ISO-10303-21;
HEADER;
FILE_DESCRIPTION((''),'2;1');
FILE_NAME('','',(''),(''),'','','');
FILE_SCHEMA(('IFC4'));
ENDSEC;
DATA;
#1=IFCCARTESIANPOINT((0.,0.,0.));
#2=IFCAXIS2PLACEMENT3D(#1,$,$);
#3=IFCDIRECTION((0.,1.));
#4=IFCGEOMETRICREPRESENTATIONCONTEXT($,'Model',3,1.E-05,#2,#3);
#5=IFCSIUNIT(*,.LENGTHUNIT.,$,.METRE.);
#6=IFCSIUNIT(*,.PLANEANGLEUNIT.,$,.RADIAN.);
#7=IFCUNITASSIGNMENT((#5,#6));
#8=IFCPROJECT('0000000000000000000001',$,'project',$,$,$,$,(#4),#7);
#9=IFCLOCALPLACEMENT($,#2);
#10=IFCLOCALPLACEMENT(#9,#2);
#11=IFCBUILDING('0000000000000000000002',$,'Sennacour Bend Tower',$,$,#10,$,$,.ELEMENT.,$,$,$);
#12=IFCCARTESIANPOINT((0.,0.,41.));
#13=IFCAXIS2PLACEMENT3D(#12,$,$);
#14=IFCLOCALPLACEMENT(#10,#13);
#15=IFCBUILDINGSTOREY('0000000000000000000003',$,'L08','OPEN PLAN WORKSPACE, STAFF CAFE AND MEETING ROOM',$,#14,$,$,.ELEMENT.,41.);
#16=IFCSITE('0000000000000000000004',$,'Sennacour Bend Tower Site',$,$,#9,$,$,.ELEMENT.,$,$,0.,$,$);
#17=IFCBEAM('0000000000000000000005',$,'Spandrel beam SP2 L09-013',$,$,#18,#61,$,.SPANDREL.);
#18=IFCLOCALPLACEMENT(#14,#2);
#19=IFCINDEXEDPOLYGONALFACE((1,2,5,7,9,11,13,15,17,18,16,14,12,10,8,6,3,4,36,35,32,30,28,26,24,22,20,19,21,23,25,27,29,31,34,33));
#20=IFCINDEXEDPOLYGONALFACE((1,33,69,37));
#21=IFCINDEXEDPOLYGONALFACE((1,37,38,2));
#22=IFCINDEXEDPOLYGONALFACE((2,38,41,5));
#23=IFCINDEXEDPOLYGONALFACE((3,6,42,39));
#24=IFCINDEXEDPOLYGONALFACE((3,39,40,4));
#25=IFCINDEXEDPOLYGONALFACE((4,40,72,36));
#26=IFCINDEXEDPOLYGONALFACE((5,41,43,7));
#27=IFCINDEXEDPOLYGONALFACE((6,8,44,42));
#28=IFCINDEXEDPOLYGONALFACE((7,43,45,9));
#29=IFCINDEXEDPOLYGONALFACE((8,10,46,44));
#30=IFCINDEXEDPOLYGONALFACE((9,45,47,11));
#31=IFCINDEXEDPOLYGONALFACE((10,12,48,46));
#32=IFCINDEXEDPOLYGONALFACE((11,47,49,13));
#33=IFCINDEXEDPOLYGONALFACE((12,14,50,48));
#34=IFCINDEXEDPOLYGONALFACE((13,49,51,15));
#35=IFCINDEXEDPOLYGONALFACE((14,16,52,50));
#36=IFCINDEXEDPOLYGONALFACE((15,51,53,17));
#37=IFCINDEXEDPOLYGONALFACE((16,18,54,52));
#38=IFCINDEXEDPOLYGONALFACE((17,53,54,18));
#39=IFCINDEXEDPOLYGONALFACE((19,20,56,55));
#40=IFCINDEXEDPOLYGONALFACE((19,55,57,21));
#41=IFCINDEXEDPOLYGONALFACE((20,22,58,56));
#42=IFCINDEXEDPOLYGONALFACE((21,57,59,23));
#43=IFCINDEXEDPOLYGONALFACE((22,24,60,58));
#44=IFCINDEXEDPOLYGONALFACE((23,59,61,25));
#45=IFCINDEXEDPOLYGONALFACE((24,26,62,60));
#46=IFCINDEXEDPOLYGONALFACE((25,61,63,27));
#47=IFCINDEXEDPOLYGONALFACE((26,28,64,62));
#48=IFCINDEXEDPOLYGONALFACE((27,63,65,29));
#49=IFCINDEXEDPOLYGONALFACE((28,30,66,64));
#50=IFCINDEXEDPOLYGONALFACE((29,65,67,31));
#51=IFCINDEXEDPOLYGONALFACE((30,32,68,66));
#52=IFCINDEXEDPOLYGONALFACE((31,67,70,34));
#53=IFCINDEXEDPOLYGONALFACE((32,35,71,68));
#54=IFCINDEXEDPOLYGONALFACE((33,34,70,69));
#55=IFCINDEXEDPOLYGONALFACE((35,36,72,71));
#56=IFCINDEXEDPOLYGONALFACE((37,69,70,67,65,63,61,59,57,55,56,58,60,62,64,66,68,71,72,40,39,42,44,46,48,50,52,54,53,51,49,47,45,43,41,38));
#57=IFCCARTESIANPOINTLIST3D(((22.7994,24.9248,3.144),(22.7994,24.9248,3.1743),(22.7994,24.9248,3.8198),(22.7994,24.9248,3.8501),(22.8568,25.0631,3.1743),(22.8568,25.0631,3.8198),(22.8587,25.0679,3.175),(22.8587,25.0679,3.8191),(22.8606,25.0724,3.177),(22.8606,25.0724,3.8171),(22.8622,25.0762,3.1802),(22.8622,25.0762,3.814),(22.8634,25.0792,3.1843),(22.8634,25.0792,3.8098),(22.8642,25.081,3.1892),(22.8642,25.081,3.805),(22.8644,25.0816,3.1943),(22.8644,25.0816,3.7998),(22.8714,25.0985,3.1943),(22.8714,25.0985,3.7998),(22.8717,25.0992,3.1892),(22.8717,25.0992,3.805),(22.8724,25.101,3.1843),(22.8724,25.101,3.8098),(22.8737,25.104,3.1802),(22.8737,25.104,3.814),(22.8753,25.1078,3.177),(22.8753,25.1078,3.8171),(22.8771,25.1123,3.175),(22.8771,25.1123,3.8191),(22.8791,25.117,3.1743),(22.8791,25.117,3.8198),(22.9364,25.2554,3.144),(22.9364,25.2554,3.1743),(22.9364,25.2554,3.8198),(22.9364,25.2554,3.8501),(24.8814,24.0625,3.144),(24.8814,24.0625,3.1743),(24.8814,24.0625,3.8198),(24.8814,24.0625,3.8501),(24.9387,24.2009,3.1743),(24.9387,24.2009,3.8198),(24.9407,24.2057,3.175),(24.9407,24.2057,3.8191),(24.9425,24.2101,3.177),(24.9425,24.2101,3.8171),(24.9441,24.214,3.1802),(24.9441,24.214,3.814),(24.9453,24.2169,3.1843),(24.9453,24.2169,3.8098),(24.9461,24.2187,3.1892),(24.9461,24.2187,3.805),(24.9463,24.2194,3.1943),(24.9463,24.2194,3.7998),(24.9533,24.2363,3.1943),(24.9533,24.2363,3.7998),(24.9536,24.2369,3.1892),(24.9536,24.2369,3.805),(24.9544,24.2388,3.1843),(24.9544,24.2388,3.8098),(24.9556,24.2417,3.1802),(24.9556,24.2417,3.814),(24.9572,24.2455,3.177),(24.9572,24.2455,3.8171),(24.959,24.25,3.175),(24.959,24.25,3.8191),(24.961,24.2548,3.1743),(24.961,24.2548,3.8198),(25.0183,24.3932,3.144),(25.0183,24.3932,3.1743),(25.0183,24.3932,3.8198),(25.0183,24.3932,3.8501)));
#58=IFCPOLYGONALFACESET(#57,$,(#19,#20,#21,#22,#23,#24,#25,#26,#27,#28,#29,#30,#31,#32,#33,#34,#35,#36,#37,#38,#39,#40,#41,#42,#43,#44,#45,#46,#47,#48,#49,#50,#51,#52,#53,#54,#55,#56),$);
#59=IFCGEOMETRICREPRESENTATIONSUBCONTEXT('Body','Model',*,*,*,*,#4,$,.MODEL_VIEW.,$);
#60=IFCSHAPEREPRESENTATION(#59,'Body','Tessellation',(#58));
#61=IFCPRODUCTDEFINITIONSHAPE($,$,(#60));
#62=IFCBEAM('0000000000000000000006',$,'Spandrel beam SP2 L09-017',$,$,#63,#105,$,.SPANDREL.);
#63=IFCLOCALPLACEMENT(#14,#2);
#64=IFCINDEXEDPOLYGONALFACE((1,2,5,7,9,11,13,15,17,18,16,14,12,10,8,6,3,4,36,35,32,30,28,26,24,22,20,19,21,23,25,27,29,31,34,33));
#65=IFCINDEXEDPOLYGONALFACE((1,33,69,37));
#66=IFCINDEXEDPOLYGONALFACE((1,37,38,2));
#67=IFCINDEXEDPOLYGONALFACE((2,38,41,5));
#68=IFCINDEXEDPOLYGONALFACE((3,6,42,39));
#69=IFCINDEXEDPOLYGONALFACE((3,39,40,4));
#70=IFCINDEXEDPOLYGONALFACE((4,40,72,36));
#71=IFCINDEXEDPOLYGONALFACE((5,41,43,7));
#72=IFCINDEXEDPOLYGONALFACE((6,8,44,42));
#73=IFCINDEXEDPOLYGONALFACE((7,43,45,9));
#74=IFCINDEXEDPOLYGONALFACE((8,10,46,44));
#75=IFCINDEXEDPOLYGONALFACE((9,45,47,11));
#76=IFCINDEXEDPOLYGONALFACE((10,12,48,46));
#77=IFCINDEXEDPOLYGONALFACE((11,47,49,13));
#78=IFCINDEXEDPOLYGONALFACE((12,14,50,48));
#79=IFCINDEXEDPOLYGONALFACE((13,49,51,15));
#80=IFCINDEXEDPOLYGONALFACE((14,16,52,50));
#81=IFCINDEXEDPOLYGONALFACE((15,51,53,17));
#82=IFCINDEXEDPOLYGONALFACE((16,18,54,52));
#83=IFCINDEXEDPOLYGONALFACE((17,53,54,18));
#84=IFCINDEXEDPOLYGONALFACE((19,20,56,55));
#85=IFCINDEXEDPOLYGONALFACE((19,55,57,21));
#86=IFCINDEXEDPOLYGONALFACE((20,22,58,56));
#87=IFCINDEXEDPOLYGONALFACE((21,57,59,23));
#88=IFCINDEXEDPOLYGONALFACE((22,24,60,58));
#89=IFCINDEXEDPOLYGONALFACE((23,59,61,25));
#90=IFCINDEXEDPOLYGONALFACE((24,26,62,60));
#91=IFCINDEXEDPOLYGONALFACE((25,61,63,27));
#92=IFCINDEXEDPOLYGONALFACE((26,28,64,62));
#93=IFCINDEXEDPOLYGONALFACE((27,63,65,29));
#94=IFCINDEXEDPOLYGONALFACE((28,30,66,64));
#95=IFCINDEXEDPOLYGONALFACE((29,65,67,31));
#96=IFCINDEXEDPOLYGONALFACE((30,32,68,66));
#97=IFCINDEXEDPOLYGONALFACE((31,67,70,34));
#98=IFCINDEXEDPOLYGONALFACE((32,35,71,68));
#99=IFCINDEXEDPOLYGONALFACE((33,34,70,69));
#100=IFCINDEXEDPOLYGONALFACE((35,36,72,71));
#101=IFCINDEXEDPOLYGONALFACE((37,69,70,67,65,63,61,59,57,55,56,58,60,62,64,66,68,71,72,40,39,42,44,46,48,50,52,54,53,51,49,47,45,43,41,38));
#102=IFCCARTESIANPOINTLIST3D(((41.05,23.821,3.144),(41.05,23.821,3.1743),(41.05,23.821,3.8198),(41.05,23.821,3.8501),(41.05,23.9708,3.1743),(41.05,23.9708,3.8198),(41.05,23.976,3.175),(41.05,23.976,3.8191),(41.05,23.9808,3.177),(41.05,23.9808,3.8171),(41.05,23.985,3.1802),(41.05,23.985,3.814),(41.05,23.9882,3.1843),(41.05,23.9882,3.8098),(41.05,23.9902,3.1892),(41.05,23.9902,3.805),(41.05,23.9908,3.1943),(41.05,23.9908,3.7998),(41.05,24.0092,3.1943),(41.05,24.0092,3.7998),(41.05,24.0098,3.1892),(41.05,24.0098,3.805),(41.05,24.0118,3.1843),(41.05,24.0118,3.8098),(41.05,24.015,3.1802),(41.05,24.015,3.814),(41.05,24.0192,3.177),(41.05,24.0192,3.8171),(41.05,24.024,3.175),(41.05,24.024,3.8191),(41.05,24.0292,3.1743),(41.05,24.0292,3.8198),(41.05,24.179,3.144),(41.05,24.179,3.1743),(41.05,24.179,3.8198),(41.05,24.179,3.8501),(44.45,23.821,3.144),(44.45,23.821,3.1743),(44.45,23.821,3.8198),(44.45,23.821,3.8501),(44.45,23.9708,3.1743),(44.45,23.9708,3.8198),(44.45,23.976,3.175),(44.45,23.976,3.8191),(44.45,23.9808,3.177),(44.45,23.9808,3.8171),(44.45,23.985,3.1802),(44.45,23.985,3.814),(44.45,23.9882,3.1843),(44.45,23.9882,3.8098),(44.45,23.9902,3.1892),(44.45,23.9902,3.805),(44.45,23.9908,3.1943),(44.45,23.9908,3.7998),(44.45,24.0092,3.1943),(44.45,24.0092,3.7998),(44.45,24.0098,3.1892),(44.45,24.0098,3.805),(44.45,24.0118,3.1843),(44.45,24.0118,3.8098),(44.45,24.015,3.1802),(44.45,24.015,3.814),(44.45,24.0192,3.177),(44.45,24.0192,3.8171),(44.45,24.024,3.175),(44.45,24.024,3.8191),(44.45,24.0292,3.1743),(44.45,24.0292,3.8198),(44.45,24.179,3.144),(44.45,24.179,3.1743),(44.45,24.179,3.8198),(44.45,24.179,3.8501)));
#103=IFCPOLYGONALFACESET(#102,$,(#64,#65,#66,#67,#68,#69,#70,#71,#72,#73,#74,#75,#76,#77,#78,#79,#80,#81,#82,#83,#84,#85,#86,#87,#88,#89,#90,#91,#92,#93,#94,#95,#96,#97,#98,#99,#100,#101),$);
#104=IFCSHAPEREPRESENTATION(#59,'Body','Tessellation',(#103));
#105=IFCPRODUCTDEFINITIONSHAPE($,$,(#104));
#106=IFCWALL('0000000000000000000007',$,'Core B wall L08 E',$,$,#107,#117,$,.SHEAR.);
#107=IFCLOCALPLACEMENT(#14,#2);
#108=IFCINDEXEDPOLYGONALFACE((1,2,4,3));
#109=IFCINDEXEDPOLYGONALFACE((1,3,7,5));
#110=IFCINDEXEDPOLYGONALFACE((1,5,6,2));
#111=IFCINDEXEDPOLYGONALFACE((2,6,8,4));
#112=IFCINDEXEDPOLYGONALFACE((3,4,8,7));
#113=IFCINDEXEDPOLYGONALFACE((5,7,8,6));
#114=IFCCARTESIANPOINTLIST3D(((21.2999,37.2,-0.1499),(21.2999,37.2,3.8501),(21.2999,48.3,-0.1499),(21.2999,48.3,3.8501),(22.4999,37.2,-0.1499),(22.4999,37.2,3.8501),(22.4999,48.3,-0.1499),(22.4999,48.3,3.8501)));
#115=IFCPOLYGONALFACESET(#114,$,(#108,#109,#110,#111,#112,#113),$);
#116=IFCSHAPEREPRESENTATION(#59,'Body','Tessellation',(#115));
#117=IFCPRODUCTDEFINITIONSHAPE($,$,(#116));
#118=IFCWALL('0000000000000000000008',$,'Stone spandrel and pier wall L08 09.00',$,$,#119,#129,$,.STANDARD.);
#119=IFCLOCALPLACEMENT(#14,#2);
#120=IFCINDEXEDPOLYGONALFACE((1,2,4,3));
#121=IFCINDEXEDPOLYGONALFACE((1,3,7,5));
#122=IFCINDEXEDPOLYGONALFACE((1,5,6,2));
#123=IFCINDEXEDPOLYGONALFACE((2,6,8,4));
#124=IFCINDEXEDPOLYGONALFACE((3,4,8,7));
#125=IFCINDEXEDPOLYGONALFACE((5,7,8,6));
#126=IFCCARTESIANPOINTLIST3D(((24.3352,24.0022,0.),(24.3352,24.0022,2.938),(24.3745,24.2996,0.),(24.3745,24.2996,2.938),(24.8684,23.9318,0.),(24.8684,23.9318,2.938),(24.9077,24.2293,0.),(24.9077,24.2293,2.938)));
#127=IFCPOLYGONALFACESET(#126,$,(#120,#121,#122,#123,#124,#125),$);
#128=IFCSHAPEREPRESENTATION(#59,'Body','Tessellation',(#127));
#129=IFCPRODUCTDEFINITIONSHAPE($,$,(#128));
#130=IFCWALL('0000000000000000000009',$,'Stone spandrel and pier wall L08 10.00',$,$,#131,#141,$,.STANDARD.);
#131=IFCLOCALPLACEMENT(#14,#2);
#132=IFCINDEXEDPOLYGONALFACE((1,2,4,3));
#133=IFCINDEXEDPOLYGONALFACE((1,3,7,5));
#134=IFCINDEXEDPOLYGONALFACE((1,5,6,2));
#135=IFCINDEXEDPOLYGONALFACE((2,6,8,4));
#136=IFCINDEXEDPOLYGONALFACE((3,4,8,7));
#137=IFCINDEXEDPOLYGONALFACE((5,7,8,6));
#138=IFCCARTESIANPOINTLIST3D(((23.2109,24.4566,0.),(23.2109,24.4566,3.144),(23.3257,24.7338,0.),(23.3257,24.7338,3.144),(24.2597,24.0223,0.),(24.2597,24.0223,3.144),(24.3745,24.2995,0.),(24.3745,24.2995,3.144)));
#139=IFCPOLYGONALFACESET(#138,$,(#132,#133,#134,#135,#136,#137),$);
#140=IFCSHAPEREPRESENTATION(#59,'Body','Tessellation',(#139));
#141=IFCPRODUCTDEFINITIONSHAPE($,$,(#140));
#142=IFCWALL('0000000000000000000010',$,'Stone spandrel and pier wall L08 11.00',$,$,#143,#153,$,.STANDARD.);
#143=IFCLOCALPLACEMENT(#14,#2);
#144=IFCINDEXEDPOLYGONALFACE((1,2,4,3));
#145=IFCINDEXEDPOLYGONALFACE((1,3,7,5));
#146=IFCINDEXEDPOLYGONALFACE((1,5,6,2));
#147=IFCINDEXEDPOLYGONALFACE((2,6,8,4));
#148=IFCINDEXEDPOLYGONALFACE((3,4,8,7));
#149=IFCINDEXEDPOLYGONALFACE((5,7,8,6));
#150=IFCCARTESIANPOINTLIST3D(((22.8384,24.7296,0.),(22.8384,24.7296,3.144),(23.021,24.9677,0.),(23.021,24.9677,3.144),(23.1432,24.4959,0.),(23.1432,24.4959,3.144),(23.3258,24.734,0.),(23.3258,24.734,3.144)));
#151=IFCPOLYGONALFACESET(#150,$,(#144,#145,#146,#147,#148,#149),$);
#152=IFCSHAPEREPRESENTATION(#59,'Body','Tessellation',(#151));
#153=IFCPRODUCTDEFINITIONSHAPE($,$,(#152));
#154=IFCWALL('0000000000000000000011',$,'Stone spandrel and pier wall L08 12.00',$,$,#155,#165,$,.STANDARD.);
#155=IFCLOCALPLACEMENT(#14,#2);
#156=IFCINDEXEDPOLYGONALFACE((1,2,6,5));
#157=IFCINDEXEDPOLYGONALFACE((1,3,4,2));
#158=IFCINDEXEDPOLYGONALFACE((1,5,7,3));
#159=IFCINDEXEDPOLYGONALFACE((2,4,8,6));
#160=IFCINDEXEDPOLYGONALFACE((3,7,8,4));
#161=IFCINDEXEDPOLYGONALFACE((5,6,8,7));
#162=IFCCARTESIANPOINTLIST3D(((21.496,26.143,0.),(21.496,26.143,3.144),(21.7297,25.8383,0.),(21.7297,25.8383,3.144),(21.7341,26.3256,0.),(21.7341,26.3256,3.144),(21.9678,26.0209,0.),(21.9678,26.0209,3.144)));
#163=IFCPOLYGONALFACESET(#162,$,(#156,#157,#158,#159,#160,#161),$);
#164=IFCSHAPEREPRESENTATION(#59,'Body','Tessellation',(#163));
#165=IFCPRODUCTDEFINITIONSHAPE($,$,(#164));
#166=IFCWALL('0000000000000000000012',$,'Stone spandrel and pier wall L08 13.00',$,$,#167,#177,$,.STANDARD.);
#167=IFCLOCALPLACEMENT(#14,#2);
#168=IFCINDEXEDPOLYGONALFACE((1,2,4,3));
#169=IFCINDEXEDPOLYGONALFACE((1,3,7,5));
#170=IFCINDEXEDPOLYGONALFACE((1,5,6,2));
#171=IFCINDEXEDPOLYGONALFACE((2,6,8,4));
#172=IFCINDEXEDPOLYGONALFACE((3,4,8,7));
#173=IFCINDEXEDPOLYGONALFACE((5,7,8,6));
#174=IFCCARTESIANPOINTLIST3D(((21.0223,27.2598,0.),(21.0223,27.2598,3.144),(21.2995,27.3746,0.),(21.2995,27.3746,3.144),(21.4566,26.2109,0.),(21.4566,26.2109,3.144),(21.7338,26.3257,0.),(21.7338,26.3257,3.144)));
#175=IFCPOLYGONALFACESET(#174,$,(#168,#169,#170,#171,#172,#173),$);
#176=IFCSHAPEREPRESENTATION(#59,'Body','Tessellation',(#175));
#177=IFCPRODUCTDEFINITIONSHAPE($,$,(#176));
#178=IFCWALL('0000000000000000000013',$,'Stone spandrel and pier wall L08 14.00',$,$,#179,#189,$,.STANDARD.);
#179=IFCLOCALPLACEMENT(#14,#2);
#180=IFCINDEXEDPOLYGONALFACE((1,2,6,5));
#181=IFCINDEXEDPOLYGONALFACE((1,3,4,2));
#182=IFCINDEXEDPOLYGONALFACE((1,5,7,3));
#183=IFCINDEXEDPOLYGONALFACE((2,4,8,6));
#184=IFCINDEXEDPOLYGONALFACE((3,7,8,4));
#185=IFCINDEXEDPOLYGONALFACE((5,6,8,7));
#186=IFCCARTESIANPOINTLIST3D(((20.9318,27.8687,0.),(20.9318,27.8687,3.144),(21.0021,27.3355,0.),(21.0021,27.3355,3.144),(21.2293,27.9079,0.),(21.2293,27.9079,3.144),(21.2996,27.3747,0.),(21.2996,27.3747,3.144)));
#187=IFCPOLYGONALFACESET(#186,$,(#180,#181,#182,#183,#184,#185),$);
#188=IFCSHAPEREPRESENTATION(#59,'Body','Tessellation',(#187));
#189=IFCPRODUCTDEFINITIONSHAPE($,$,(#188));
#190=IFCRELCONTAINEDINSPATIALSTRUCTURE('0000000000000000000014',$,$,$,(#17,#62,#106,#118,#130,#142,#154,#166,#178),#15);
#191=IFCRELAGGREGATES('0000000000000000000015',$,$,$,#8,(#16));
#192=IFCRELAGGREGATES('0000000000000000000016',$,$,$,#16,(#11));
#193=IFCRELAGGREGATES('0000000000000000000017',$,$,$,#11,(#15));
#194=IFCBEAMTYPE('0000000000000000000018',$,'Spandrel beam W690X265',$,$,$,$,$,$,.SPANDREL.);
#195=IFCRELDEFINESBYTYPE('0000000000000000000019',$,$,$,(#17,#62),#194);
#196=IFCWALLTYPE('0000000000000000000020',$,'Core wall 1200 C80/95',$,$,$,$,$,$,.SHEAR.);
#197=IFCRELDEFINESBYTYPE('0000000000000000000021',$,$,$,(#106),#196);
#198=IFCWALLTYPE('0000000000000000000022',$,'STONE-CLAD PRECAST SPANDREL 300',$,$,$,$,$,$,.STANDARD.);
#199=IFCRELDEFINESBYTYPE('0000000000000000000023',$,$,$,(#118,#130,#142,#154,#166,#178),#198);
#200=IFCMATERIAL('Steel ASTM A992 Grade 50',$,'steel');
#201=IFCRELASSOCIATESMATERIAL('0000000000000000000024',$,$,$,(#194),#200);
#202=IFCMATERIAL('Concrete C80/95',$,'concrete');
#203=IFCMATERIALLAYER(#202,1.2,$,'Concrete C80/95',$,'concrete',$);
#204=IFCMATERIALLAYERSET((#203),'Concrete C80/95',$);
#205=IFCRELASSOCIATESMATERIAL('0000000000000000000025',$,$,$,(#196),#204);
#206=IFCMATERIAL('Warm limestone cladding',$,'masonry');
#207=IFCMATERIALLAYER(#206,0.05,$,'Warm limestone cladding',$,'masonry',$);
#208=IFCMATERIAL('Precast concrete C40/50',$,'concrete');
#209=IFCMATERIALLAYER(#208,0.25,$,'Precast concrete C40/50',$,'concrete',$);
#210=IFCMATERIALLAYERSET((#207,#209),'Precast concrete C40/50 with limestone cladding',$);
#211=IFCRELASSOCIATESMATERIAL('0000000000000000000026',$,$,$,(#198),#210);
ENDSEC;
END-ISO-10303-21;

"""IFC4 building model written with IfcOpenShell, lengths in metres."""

from ifc_helpers import new_model, si_unit, direction, frame, frame_2d, origin, origin_2d, place, context, subcontext, project, spatial, rectangle, i_section, extrude, material, layer, layer_set, material_profile, profile_set, type_object, element, save


model = new_model("IFC4")

# Units and contexts
model_context = context("Model", 3, precision=1e-05, world=origin(), true_north=direction((0.0, 1.0)))
body_context = subcontext(model_context, "Body", "Model", "MODEL_VIEW")
ifc_project = project(units=[si_unit("LENGTHUNIT", "METRE"), si_unit("PLANEANGLEUNIT", "RADIAN")], contexts=[model_context])

# Site, building, storey
site_placement = place(None, origin())
site = spatial("IfcSite", under=ifc_project, at=site_placement, Name="Sennacour Bend Tower Site", CompositionType="ELEMENT", RefElevation=0.0)
building_placement = place(site_placement, origin())
building = spatial("IfcBuilding", under=site, at=building_placement, Name="Sennacour Bend Tower", CompositionType="ELEMENT")
storey_placement = place(building_placement, frame((0.0, 0.0, 41.0)))
storey = spatial("IfcBuildingStorey", under=building, at=storey_placement, Name="L08", Description="OPEN PLAN WORKSPACE, STAFF CAFE AND MEETING ROOM", CompositionType="ELEMENT", Elevation=41.0)

# Beams
ifc_material_1 = material(Name="Steel ASTM A992 Grade 50", Category="steel")
ifc_material_profile_1 = material_profile(ifc_material_1, i_section(OverallWidth=0.3579, OverallDepth=0.7061, WebThickness=0.0183, FlangeThickness=0.0303, FilletRadius=0.02, at=origin_2d()), Name="Steel ASTM A992 Grade 50", Category="steel")
ifc_profile_set_1 = profile_set([ifc_material_profile_1], Name="Steel ASTM A992 Grade 50")
beam_type = type_object("IfcBeamType", Name="Spandrel beam W690X265", PredefinedType="SPANDREL", material=ifc_profile_set_1)
for number, where, z_axis, x_axis, name in (
    (1, (22.8679, 25.0901, 3.4971), (0.923895, -0.382645, 0.0), (0.382645, 0.923895, 0.0), "Spandrel beam SP2 L09-013"),
):
    element("IfcBeam", number, at=place(storey_placement, frame(where, z_axis=z_axis, x_axis=x_axis)), inside=storey, type_object=beam_type, Name=name, PredefinedType="SPANDREL", context=body_context, shape_type="SweptSolid", body=[
        extrude(i_section(OverallWidth=0.3579, OverallDepth=0.7061, WebThickness=0.0183, FlangeThickness=0.0303, FilletRadius=0.02, at=origin_2d()), origin(), (0.0, 0.0, 1.0), 2.2534),
    ])
beam_1_placement = place(storey_placement, frame((41.05, 24.0, 3.4971), z_axis=(1.0, 0.0, 0.0), x_axis=(0.0, 1.0, 0.0)))
element("IfcBeam", 2, at=beam_1_placement, inside=storey, type_object=beam_type, Name="Spandrel beam SP2 L09-017", PredefinedType="SPANDREL", context=body_context, shape_type="SweptSolid", body=[
    extrude(i_section(OverallWidth=0.3579, OverallDepth=0.7061, WebThickness=0.0183, FlangeThickness=0.0303, FilletRadius=0.02, at=origin_2d()), origin(), (0.0, 0.0, 1.0), 3.3999),
])

# Walls
ifc_material_2 = material(Name="Concrete C80/95", Category="concrete")
ifc_layer_1 = layer(ifc_material_2, 1.2, Name="Concrete C80/95", Category="concrete")
ifc_layer_set_1 = layer_set([ifc_layer_1], Name="Concrete C80/95")
wall_type_1 = type_object("IfcWallType", Name="Core wall 1200 C80/95", PredefinedType="SHEAR", material=ifc_layer_set_1)
wall_1_placement = place(storey_placement, frame((21.8999, 37.2, -0.1499), z_axis=(0.0, 0.0, 1.0), x_axis=(0.0, 1.0, 0.0)))
element("IfcWall", 3, at=wall_1_placement, inside=storey, type_object=wall_type_1, Name="Core B wall L08 E", PredefinedType="SHEAR", context=body_context, shape_type="SweptSolid", body=[
    extrude(rectangle(XDim=11.1001, YDim=1.2, at=frame_2d((5.55, 0.0))), origin(), (0.0, 0.0, 1.0), 4.0),
])
ifc_material_3 = material(Name="Warm limestone cladding", Category="masonry")
ifc_layer_2 = layer(ifc_material_3, 0.05, Name="Warm limestone cladding", Category="masonry")
ifc_material_4 = material(Name="Precast concrete C40/50", Category="concrete")
ifc_layer_3 = layer(ifc_material_4, 0.25, Name="Precast concrete C40/50", Category="concrete")
ifc_layer_set_2 = layer_set([ifc_layer_2, ifc_layer_3], Name="Precast concrete C40/50 with limestone cladding")
wall_type_2 = type_object("IfcWallType", Name="STONE-CLAD PRECAST SPANDREL 300", PredefinedType="STANDARD", material=ifc_layer_set_2)
wall_2_placement = place(storey_placement, frame((24.8882, 24.0806, 0.0), z_axis=(0.0, 0.0, 1.0), x_axis=(-0.991417, 0.130736, 0.0)))
element("IfcWall", 4, at=wall_2_placement, inside=storey, type_object=wall_type_2, Name="Stone spandrel and pier wall L08 09.00", PredefinedType="STANDARD", context=body_context, shape_type="SweptSolid", body=[
    extrude(rectangle(XDim=0.5378, YDim=0.3, at=frame_2d((0.269, 0.0))), origin(), (0.0, 0.0, 1.0), 2.938),
])
wall_3_placement = place(storey_placement, frame((24.3171, 24.1609, 0.0), z_axis=(0.0, 0.0, 1.0), x_axis=(-0.923915, 0.382599, 0.0)))
element("IfcWall", 5, at=wall_3_placement, inside=storey, type_object=wall_type_2, Name="Stone spandrel and pier wall L08 10.00", PredefinedType="STANDARD", context=body_context, shape_type="SweptSolid", body=[
    extrude(rectangle(XDim=1.1353, YDim=0.3, at=frame_2d((0.5676, 0.0))), origin(), (0.0, 0.0, 1.0), 3.144),
])
for number, where, z_axis, x_axis, name in (
    (6, (23.2344, 24.615, 0.0), (0.0, 0.0, 1.0), (-0.793545, 0.608512, 0.0), "Stone spandrel and pier wall L08 11.00"),
    (7, (21.8486, 25.9297, 0.0), (0.0, 0.0, 1.0), (-0.608512, 0.793545, 0.0), "Stone spandrel and pier wall L08 12.00"),
):
    element("IfcWall", number, at=place(storey_placement, frame(where, z_axis=z_axis, x_axis=x_axis)), inside=storey, type_object=wall_type_2, Name=name, PredefinedType="STANDARD", context=body_context, shape_type="SweptSolid", body=[
        extrude(rectangle(XDim=0.384, YDim=0.3, at=frame_2d((0.1919, 0.0))), origin(), (0.0, 0.0, 1.0), 3.144),
    ])
wall_4_placement = place(storey_placement, frame((21.5952, 26.2683, 0.0), z_axis=(0.0, 0.0, 1.0), x_axis=(-0.382599, 0.923915, 0.0)))
element("IfcWall", 8, at=wall_4_placement, inside=storey, type_object=wall_type_2, Name="Stone spandrel and pier wall L08 13.00", PredefinedType="STANDARD", context=body_context, shape_type="SweptSolid", body=[
    extrude(rectangle(XDim=1.1353, YDim=0.3, at=frame_2d((0.5676, 0.0))), origin(), (0.0, 0.0, 1.0), 3.144),
])
wall_5_placement = place(storey_placement, frame((21.1509, 27.355, 0.0), z_axis=(0.0, 0.0, 1.0), x_axis=(-0.130736, 0.991417, 0.0)))
element("IfcWall", 9, at=wall_5_placement, inside=storey, type_object=wall_type_2, Name="Stone spandrel and pier wall L08 14.00", PredefinedType="STANDARD", context=body_context, shape_type="SweptSolid", body=[
    extrude(rectangle(XDim=0.5378, YDim=0.3, at=frame_2d((0.269, 0.0))), origin(), (0.0, 0.0, 1.0), 3.144),
])

save(model, "model.ifc")
